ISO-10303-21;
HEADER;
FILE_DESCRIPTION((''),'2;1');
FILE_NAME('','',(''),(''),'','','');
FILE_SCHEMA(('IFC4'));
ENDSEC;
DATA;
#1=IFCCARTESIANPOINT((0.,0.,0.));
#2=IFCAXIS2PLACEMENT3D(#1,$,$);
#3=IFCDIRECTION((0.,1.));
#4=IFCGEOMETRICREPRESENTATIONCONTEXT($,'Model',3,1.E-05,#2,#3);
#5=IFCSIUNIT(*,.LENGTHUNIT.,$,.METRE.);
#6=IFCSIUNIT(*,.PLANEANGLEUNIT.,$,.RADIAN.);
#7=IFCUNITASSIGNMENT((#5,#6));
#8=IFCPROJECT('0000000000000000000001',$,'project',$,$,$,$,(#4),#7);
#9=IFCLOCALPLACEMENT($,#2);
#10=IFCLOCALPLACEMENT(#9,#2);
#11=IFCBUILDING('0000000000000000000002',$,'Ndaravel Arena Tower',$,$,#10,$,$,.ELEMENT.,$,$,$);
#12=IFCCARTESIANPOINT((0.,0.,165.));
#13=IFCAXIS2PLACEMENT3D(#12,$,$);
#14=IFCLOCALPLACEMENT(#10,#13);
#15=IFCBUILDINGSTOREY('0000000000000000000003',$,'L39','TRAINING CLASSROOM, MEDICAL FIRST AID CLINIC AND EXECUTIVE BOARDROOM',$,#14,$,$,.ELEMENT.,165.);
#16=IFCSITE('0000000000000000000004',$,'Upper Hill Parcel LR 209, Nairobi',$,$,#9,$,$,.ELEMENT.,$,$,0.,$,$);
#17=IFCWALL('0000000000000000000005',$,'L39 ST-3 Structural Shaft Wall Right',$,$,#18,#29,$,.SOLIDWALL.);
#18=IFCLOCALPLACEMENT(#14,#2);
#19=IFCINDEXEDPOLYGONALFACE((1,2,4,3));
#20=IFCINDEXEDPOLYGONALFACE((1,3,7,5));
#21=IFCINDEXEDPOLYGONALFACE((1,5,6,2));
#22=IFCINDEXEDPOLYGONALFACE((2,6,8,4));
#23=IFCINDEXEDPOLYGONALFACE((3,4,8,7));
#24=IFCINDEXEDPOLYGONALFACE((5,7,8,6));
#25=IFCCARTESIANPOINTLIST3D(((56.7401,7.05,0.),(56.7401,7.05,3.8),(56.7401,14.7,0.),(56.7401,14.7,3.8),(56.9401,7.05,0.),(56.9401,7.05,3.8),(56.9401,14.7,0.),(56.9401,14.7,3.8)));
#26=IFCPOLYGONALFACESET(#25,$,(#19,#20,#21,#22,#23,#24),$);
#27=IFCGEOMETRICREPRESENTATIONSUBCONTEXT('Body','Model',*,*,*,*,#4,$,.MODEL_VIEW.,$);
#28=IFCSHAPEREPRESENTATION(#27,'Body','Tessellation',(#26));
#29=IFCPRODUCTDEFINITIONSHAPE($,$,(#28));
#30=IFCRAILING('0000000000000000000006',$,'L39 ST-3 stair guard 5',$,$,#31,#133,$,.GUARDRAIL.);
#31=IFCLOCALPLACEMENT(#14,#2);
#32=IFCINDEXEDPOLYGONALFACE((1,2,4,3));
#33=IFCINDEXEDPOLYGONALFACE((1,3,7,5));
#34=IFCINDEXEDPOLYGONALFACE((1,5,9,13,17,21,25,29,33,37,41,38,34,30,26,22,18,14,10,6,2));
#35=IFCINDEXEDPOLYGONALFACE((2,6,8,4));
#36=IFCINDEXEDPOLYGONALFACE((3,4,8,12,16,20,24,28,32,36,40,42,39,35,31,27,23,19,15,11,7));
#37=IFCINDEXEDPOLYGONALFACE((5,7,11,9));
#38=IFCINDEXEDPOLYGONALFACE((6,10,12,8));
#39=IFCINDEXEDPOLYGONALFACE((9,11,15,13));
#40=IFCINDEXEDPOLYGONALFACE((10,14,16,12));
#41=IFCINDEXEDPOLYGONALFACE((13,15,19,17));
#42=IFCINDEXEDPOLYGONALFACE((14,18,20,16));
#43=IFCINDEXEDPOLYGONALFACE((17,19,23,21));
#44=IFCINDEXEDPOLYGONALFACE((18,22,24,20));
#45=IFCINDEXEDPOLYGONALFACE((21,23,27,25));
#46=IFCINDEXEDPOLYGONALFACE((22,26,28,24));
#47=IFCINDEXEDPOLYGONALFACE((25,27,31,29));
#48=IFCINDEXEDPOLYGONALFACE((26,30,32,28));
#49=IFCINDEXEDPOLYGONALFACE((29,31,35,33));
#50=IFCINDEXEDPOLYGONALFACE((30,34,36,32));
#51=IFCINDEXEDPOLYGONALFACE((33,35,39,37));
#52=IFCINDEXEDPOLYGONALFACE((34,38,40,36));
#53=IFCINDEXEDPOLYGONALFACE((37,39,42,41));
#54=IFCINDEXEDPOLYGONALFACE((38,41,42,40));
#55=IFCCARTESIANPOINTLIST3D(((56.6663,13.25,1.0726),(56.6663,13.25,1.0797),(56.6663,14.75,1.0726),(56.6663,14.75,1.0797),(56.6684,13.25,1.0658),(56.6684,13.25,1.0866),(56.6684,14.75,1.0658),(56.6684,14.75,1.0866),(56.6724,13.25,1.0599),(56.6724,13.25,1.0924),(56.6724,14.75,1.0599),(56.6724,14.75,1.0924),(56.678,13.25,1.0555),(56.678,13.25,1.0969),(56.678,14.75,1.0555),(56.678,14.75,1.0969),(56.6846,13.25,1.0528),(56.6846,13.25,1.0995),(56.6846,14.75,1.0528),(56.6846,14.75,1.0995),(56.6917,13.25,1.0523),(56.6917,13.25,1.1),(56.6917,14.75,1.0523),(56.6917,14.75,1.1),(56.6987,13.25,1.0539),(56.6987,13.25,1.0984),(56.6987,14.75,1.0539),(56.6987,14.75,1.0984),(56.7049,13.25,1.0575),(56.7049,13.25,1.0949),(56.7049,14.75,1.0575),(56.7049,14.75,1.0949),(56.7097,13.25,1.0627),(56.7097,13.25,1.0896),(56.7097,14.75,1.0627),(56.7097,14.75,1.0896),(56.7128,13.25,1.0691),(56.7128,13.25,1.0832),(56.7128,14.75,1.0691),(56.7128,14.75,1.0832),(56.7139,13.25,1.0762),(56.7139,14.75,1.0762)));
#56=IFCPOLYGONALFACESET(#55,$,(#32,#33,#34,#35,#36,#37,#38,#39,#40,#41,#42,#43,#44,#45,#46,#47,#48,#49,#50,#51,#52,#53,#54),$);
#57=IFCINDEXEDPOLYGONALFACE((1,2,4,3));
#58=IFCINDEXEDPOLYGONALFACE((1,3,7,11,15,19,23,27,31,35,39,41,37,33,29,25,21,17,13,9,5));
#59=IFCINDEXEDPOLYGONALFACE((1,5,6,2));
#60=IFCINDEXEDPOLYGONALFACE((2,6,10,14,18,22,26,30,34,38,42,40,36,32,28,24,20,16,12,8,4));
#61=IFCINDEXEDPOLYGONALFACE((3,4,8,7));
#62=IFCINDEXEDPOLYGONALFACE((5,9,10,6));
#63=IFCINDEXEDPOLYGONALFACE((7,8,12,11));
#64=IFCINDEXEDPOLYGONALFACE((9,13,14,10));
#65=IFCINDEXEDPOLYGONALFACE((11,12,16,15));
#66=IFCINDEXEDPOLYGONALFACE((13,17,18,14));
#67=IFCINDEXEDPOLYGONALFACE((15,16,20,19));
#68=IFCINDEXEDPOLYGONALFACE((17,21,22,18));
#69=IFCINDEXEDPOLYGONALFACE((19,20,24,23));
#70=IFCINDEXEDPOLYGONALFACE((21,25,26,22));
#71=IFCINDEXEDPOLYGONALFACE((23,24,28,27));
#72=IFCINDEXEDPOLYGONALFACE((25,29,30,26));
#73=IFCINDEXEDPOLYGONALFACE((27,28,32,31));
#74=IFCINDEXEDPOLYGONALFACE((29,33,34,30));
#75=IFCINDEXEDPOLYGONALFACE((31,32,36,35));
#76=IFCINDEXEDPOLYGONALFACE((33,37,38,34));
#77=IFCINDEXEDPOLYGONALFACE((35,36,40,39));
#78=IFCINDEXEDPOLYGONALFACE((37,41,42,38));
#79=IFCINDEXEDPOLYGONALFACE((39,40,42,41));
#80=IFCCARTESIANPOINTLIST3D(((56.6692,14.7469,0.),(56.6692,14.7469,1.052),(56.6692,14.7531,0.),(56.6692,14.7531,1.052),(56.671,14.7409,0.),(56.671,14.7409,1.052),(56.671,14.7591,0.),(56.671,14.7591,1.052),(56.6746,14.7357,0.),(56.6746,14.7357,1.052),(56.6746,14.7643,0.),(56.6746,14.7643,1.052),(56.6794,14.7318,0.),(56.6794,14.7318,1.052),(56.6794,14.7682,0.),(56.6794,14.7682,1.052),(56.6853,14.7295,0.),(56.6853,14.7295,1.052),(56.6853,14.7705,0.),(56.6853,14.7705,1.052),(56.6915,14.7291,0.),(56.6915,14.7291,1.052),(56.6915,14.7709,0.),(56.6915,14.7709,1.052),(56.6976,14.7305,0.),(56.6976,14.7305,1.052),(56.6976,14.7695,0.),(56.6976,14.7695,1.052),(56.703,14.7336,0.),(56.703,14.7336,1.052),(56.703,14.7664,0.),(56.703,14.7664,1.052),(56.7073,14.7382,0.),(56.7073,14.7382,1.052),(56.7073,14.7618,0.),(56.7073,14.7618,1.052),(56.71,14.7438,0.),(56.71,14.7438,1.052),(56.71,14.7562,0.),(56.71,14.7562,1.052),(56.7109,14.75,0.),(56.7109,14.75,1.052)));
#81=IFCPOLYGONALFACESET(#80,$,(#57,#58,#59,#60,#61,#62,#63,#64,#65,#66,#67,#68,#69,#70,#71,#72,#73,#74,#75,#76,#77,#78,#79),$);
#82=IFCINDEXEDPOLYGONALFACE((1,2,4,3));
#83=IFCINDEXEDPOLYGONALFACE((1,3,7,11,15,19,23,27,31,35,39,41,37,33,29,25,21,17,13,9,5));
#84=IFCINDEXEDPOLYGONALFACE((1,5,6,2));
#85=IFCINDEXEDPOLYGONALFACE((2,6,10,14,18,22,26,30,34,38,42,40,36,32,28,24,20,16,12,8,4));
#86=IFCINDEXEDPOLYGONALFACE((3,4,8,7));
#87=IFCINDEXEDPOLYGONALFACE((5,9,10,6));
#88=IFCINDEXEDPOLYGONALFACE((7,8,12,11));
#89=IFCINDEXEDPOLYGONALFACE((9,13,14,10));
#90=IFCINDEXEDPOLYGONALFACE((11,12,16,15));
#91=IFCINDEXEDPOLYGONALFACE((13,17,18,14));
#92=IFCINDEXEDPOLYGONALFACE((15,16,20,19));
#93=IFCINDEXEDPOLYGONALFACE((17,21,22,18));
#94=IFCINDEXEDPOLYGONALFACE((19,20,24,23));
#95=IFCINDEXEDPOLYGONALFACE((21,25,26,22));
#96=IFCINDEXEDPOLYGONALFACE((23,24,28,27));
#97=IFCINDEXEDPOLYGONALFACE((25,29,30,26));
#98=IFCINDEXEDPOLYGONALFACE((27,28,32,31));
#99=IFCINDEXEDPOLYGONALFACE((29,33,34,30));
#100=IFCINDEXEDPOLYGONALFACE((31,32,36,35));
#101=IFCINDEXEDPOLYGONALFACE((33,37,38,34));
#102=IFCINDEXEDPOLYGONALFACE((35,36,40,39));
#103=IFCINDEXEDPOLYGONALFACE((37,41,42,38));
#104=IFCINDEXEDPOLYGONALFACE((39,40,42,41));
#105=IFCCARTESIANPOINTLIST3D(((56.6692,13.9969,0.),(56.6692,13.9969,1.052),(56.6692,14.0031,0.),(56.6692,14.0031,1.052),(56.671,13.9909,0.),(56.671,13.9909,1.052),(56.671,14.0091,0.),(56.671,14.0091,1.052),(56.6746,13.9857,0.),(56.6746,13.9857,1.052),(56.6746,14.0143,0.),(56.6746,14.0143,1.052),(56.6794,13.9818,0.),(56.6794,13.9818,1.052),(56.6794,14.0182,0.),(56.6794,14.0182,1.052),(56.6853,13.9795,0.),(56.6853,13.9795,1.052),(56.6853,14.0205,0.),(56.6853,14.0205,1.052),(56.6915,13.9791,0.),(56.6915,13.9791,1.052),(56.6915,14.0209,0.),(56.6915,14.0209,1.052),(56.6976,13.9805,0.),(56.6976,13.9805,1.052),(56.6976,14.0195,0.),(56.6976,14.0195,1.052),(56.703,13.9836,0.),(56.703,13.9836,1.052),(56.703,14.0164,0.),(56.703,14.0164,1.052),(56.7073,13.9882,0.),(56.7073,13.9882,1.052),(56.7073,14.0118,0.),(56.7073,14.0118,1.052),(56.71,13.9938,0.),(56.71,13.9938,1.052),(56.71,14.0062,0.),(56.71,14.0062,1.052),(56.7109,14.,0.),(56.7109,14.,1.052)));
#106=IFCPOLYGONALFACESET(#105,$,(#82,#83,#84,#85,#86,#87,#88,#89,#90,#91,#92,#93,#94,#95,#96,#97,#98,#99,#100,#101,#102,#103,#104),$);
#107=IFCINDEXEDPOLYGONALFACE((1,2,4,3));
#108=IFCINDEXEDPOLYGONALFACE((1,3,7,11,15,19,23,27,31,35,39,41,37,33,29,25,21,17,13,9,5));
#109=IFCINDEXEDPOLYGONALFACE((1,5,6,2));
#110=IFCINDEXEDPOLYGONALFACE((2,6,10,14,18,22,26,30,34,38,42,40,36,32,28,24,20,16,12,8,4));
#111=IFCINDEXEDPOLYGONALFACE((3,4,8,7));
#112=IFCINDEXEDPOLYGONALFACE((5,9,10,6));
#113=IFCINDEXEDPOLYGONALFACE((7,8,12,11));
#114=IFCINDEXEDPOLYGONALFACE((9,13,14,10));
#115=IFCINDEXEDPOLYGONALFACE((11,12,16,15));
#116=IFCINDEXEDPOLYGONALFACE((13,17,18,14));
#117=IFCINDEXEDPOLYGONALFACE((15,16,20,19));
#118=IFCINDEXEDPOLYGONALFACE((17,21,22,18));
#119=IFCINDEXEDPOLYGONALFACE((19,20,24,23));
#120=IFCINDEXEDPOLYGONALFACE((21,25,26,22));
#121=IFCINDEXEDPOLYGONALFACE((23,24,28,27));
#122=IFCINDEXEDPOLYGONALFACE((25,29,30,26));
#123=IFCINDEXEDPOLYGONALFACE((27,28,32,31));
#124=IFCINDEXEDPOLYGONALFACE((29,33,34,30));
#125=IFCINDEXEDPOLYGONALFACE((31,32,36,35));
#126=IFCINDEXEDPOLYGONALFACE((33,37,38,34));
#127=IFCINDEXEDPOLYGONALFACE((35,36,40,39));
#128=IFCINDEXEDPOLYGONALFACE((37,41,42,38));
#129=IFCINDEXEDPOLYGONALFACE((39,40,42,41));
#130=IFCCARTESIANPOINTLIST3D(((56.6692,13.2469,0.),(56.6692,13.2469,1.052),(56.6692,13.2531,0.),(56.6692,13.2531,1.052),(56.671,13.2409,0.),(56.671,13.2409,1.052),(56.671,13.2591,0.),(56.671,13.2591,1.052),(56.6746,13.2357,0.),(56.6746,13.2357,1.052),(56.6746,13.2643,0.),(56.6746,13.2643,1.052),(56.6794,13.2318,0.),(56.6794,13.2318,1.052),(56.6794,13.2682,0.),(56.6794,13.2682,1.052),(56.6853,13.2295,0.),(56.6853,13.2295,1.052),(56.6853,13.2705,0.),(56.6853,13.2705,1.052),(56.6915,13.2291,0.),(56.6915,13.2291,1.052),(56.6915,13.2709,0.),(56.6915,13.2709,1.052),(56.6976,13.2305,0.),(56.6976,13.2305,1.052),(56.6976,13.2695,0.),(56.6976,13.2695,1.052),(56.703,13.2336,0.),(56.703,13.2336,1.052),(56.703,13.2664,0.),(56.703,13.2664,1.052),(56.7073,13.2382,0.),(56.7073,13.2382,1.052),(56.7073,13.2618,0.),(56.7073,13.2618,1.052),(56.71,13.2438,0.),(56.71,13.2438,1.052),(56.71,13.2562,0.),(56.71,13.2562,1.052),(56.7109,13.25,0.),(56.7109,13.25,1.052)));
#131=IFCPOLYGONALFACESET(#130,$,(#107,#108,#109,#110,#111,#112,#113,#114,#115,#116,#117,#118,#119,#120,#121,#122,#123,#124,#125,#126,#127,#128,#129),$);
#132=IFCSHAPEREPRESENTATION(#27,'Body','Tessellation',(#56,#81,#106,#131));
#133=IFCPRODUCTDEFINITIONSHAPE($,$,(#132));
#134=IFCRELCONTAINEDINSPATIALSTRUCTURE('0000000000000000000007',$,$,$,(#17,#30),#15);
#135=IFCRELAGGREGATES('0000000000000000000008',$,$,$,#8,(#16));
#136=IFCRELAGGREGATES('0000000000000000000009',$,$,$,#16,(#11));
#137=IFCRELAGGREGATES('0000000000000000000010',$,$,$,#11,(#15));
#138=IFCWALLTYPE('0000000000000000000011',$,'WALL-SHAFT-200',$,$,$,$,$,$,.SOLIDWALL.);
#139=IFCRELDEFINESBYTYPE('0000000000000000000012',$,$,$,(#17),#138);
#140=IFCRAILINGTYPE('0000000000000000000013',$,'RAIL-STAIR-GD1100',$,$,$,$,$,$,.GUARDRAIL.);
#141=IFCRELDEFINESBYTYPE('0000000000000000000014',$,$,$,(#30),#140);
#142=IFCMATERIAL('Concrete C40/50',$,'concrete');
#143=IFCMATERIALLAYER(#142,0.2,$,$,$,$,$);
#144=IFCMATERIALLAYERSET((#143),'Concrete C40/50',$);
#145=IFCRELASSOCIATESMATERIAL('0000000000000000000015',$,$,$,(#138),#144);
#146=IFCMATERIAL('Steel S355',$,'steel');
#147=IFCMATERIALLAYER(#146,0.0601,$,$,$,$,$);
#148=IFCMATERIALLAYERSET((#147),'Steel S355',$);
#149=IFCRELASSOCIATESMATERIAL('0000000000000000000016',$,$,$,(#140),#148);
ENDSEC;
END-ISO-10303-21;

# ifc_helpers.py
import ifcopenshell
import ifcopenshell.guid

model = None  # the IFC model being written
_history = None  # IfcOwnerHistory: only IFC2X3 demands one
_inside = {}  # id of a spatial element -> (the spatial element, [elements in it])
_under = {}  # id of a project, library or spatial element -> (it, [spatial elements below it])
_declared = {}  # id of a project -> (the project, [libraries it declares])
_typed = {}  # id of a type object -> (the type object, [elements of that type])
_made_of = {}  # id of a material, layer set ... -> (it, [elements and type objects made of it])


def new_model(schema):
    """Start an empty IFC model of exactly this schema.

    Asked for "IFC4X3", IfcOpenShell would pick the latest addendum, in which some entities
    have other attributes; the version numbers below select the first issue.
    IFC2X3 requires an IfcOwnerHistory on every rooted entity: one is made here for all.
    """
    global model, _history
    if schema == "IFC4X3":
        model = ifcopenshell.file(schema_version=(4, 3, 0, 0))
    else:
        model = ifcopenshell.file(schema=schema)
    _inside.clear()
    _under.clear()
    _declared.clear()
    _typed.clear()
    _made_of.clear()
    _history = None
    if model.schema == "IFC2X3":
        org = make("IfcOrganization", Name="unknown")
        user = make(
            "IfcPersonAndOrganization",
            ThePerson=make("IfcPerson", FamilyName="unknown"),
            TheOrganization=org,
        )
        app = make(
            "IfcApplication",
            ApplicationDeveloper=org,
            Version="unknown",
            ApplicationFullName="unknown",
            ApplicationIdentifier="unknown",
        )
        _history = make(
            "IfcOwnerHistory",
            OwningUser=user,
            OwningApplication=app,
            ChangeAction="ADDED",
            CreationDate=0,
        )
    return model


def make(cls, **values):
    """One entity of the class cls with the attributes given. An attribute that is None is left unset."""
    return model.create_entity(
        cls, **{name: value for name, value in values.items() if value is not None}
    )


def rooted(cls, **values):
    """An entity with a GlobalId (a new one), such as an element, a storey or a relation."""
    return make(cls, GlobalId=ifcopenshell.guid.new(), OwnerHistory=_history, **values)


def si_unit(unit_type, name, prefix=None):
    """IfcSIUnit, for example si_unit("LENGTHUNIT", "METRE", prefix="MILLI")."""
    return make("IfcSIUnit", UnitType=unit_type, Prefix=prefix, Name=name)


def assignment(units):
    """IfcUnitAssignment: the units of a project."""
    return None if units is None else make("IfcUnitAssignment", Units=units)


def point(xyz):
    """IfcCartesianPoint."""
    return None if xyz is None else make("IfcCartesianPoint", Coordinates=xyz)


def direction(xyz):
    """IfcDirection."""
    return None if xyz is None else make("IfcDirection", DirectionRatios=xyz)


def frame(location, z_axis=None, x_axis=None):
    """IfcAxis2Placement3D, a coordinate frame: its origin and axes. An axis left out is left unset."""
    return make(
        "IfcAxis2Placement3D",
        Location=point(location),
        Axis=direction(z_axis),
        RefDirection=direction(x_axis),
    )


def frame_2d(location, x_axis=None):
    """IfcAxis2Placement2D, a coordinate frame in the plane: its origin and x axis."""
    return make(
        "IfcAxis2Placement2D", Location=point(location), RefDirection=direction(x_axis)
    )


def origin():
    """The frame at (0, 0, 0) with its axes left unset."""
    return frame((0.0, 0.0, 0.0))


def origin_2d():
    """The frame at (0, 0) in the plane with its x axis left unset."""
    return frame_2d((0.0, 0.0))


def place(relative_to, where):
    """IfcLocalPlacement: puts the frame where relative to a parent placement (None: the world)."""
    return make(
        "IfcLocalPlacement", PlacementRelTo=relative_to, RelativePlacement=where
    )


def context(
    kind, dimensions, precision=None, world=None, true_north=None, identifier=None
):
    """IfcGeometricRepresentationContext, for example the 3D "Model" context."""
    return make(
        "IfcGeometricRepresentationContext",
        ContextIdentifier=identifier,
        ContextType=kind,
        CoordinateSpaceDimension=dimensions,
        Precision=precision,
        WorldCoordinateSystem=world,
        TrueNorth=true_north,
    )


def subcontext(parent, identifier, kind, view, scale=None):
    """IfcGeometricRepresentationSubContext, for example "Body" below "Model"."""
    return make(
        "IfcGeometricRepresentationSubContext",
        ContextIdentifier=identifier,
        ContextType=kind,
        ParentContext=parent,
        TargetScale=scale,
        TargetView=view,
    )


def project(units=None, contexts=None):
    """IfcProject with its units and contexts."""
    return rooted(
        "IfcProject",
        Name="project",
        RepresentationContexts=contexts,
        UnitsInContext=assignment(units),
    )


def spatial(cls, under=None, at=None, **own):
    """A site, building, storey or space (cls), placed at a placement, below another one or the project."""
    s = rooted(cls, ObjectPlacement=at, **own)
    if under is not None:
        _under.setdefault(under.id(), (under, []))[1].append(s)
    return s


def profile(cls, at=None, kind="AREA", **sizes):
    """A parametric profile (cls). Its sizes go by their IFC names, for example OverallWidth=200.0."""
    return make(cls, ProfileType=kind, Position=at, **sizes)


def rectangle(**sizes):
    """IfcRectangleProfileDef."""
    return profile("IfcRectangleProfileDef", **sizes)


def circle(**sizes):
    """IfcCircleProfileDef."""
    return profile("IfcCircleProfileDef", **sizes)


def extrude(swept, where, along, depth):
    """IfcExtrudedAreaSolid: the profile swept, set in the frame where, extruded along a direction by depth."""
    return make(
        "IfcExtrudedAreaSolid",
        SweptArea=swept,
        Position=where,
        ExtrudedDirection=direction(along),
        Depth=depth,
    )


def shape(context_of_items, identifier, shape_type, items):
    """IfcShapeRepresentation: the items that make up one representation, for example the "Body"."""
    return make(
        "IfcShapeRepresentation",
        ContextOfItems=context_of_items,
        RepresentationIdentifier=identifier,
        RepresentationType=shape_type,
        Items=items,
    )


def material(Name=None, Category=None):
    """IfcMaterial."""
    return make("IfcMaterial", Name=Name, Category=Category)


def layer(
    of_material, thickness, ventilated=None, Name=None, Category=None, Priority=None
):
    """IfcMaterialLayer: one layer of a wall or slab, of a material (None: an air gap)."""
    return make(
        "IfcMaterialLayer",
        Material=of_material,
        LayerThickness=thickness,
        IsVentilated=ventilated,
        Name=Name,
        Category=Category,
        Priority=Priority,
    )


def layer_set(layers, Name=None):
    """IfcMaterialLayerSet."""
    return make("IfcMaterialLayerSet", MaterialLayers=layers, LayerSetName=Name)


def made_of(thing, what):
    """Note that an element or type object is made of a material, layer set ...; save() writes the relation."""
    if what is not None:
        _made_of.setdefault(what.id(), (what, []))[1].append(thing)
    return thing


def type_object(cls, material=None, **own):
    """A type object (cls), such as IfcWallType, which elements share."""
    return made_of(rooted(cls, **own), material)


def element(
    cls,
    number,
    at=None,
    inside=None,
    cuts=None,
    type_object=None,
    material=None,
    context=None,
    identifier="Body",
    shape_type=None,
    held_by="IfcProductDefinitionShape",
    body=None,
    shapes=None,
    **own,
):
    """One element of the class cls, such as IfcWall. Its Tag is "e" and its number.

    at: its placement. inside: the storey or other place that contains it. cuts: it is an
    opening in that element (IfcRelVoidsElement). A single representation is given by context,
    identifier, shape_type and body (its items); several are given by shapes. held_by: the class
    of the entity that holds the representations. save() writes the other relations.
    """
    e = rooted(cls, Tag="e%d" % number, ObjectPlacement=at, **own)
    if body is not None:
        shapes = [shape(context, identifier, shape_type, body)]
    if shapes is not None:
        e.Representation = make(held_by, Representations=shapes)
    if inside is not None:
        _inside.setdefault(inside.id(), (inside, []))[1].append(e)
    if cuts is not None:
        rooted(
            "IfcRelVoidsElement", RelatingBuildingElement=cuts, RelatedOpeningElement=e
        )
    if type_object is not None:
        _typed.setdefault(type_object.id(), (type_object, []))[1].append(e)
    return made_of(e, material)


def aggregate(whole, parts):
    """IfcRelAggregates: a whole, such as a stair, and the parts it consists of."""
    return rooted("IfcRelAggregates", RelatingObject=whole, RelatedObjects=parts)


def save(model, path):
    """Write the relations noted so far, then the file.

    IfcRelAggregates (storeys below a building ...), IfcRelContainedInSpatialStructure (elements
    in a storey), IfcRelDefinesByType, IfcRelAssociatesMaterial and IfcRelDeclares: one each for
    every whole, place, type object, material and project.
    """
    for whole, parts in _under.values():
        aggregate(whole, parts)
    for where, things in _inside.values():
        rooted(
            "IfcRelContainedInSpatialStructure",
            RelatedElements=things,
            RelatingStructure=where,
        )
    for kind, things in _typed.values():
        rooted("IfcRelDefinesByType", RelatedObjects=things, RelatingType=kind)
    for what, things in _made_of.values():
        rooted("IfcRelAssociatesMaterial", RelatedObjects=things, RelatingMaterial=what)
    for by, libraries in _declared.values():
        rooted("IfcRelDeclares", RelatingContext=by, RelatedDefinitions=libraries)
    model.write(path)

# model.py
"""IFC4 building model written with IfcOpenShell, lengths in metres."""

from ifc_helpers import new_model, si_unit, direction, frame, frame_2d, origin, origin_2d, place, context, subcontext, project, spatial, rectangle, circle, extrude, material, layer, layer_set, type_object, element, save


model = new_model("IFC4")

# Units and contexts
model_context = context("Model", 3, precision=1e-05, world=origin(), true_north=direction((0.0, 1.0)))
body_context = subcontext(model_context, "Body", "Model", "MODEL_VIEW")
ifc_project = project(units=[si_unit("LENGTHUNIT", "METRE"), si_unit("PLANEANGLEUNIT", "RADIAN")], contexts=[model_context])

# Site, building, storey
site_placement = place(None, origin())
site = spatial("IfcSite", under=ifc_project, at=site_placement, Name="Upper Hill Parcel LR 209, Nairobi", CompositionType="ELEMENT", RefElevation=0.0)
building_placement = place(site_placement, origin())
building = spatial("IfcBuilding", under=site, at=building_placement, Name="Ndaravel Arena Tower", CompositionType="ELEMENT")
storey_placement = place(building_placement, frame((0.0, 0.0, 165.0)))
storey = spatial("IfcBuildingStorey", under=building, at=storey_placement, Name="L39", Description="TRAINING CLASSROOM, MEDICAL FIRST AID CLINIC AND EXECUTIVE BOARDROOM", CompositionType="ELEMENT", Elevation=165.0)

# Wall
ifc_material_1 = material(Name="Concrete C40/50", Category="concrete")
ifc_layer_1 = layer(ifc_material_1, 0.2)
ifc_layer_set_1 = layer_set([ifc_layer_1], Name="Concrete C40/50")
wall_type_1 = type_object("IfcWallType", Name="WALL-SHAFT-200", PredefinedType="SOLIDWALL", material=ifc_layer_set_1)
wall_1_placement = place(storey_placement, frame((56.8401, 14.7, 0.0), z_axis=(0.0, 0.0, 1.0), x_axis=(0.0, -1.0, 0.0)))
element("IfcWall", 1, at=wall_1_placement, inside=storey, type_object=wall_type_1, Name="L39 ST-3 Structural Shaft Wall Right", PredefinedType="SOLIDWALL", context=body_context, shape_type="SweptSolid", body=[
    extrude(rectangle(XDim=7.6499, YDim=0.2, at=frame_2d((3.825, 0.0))), origin(), (0.0, 0.0, 1.0), 3.8),
])

# Railing
ifc_material_2 = material(Name="Steel S355", Category="steel")
ifc_layer_2 = layer(ifc_material_2, 0.0601)
ifc_layer_set_2 = layer_set([ifc_layer_2], Name="Steel S355")
railing_type = type_object("IfcRailingType", Name="RAIL-STAIR-GD1100", PredefinedType="GUARDRAIL", material=ifc_layer_set_2)
railing_1_placement = place(storey_placement, frame((56.6899, 14.75, 0.0)))
element("IfcRailing", 2, at=railing_1_placement, inside=storey, type_object=railing_type, Name="L39 ST-3 stair guard 5", PredefinedType="GUARDRAIL", context=body_context, shape_type="SweptSolid", body=[
    extrude(circle(Radius=0.0239, at=origin_2d()), frame((0.0, 0.0, 1.0762), z_axis=(0.0, -1.0, 0.0), x_axis=(1.0, 0.0, 0.0)), (0.0, 0.0, 1.0), 1.5),
    extrude(circle(Radius=0.021, at=origin_2d()), origin(), (0.0, 0.0, 1.0), 1.052),
    extrude(circle(Radius=0.021, at=origin_2d()), frame((0.0, -0.75, 0.0)), (0.0, 0.0, 1.0), 1.052),
    extrude(circle(Radius=0.021, at=origin_2d()), frame((0.0, -1.5, 0.0)), (0.0, 0.0, 1.0), 1.052),
])

save(model, "model.ifc")
